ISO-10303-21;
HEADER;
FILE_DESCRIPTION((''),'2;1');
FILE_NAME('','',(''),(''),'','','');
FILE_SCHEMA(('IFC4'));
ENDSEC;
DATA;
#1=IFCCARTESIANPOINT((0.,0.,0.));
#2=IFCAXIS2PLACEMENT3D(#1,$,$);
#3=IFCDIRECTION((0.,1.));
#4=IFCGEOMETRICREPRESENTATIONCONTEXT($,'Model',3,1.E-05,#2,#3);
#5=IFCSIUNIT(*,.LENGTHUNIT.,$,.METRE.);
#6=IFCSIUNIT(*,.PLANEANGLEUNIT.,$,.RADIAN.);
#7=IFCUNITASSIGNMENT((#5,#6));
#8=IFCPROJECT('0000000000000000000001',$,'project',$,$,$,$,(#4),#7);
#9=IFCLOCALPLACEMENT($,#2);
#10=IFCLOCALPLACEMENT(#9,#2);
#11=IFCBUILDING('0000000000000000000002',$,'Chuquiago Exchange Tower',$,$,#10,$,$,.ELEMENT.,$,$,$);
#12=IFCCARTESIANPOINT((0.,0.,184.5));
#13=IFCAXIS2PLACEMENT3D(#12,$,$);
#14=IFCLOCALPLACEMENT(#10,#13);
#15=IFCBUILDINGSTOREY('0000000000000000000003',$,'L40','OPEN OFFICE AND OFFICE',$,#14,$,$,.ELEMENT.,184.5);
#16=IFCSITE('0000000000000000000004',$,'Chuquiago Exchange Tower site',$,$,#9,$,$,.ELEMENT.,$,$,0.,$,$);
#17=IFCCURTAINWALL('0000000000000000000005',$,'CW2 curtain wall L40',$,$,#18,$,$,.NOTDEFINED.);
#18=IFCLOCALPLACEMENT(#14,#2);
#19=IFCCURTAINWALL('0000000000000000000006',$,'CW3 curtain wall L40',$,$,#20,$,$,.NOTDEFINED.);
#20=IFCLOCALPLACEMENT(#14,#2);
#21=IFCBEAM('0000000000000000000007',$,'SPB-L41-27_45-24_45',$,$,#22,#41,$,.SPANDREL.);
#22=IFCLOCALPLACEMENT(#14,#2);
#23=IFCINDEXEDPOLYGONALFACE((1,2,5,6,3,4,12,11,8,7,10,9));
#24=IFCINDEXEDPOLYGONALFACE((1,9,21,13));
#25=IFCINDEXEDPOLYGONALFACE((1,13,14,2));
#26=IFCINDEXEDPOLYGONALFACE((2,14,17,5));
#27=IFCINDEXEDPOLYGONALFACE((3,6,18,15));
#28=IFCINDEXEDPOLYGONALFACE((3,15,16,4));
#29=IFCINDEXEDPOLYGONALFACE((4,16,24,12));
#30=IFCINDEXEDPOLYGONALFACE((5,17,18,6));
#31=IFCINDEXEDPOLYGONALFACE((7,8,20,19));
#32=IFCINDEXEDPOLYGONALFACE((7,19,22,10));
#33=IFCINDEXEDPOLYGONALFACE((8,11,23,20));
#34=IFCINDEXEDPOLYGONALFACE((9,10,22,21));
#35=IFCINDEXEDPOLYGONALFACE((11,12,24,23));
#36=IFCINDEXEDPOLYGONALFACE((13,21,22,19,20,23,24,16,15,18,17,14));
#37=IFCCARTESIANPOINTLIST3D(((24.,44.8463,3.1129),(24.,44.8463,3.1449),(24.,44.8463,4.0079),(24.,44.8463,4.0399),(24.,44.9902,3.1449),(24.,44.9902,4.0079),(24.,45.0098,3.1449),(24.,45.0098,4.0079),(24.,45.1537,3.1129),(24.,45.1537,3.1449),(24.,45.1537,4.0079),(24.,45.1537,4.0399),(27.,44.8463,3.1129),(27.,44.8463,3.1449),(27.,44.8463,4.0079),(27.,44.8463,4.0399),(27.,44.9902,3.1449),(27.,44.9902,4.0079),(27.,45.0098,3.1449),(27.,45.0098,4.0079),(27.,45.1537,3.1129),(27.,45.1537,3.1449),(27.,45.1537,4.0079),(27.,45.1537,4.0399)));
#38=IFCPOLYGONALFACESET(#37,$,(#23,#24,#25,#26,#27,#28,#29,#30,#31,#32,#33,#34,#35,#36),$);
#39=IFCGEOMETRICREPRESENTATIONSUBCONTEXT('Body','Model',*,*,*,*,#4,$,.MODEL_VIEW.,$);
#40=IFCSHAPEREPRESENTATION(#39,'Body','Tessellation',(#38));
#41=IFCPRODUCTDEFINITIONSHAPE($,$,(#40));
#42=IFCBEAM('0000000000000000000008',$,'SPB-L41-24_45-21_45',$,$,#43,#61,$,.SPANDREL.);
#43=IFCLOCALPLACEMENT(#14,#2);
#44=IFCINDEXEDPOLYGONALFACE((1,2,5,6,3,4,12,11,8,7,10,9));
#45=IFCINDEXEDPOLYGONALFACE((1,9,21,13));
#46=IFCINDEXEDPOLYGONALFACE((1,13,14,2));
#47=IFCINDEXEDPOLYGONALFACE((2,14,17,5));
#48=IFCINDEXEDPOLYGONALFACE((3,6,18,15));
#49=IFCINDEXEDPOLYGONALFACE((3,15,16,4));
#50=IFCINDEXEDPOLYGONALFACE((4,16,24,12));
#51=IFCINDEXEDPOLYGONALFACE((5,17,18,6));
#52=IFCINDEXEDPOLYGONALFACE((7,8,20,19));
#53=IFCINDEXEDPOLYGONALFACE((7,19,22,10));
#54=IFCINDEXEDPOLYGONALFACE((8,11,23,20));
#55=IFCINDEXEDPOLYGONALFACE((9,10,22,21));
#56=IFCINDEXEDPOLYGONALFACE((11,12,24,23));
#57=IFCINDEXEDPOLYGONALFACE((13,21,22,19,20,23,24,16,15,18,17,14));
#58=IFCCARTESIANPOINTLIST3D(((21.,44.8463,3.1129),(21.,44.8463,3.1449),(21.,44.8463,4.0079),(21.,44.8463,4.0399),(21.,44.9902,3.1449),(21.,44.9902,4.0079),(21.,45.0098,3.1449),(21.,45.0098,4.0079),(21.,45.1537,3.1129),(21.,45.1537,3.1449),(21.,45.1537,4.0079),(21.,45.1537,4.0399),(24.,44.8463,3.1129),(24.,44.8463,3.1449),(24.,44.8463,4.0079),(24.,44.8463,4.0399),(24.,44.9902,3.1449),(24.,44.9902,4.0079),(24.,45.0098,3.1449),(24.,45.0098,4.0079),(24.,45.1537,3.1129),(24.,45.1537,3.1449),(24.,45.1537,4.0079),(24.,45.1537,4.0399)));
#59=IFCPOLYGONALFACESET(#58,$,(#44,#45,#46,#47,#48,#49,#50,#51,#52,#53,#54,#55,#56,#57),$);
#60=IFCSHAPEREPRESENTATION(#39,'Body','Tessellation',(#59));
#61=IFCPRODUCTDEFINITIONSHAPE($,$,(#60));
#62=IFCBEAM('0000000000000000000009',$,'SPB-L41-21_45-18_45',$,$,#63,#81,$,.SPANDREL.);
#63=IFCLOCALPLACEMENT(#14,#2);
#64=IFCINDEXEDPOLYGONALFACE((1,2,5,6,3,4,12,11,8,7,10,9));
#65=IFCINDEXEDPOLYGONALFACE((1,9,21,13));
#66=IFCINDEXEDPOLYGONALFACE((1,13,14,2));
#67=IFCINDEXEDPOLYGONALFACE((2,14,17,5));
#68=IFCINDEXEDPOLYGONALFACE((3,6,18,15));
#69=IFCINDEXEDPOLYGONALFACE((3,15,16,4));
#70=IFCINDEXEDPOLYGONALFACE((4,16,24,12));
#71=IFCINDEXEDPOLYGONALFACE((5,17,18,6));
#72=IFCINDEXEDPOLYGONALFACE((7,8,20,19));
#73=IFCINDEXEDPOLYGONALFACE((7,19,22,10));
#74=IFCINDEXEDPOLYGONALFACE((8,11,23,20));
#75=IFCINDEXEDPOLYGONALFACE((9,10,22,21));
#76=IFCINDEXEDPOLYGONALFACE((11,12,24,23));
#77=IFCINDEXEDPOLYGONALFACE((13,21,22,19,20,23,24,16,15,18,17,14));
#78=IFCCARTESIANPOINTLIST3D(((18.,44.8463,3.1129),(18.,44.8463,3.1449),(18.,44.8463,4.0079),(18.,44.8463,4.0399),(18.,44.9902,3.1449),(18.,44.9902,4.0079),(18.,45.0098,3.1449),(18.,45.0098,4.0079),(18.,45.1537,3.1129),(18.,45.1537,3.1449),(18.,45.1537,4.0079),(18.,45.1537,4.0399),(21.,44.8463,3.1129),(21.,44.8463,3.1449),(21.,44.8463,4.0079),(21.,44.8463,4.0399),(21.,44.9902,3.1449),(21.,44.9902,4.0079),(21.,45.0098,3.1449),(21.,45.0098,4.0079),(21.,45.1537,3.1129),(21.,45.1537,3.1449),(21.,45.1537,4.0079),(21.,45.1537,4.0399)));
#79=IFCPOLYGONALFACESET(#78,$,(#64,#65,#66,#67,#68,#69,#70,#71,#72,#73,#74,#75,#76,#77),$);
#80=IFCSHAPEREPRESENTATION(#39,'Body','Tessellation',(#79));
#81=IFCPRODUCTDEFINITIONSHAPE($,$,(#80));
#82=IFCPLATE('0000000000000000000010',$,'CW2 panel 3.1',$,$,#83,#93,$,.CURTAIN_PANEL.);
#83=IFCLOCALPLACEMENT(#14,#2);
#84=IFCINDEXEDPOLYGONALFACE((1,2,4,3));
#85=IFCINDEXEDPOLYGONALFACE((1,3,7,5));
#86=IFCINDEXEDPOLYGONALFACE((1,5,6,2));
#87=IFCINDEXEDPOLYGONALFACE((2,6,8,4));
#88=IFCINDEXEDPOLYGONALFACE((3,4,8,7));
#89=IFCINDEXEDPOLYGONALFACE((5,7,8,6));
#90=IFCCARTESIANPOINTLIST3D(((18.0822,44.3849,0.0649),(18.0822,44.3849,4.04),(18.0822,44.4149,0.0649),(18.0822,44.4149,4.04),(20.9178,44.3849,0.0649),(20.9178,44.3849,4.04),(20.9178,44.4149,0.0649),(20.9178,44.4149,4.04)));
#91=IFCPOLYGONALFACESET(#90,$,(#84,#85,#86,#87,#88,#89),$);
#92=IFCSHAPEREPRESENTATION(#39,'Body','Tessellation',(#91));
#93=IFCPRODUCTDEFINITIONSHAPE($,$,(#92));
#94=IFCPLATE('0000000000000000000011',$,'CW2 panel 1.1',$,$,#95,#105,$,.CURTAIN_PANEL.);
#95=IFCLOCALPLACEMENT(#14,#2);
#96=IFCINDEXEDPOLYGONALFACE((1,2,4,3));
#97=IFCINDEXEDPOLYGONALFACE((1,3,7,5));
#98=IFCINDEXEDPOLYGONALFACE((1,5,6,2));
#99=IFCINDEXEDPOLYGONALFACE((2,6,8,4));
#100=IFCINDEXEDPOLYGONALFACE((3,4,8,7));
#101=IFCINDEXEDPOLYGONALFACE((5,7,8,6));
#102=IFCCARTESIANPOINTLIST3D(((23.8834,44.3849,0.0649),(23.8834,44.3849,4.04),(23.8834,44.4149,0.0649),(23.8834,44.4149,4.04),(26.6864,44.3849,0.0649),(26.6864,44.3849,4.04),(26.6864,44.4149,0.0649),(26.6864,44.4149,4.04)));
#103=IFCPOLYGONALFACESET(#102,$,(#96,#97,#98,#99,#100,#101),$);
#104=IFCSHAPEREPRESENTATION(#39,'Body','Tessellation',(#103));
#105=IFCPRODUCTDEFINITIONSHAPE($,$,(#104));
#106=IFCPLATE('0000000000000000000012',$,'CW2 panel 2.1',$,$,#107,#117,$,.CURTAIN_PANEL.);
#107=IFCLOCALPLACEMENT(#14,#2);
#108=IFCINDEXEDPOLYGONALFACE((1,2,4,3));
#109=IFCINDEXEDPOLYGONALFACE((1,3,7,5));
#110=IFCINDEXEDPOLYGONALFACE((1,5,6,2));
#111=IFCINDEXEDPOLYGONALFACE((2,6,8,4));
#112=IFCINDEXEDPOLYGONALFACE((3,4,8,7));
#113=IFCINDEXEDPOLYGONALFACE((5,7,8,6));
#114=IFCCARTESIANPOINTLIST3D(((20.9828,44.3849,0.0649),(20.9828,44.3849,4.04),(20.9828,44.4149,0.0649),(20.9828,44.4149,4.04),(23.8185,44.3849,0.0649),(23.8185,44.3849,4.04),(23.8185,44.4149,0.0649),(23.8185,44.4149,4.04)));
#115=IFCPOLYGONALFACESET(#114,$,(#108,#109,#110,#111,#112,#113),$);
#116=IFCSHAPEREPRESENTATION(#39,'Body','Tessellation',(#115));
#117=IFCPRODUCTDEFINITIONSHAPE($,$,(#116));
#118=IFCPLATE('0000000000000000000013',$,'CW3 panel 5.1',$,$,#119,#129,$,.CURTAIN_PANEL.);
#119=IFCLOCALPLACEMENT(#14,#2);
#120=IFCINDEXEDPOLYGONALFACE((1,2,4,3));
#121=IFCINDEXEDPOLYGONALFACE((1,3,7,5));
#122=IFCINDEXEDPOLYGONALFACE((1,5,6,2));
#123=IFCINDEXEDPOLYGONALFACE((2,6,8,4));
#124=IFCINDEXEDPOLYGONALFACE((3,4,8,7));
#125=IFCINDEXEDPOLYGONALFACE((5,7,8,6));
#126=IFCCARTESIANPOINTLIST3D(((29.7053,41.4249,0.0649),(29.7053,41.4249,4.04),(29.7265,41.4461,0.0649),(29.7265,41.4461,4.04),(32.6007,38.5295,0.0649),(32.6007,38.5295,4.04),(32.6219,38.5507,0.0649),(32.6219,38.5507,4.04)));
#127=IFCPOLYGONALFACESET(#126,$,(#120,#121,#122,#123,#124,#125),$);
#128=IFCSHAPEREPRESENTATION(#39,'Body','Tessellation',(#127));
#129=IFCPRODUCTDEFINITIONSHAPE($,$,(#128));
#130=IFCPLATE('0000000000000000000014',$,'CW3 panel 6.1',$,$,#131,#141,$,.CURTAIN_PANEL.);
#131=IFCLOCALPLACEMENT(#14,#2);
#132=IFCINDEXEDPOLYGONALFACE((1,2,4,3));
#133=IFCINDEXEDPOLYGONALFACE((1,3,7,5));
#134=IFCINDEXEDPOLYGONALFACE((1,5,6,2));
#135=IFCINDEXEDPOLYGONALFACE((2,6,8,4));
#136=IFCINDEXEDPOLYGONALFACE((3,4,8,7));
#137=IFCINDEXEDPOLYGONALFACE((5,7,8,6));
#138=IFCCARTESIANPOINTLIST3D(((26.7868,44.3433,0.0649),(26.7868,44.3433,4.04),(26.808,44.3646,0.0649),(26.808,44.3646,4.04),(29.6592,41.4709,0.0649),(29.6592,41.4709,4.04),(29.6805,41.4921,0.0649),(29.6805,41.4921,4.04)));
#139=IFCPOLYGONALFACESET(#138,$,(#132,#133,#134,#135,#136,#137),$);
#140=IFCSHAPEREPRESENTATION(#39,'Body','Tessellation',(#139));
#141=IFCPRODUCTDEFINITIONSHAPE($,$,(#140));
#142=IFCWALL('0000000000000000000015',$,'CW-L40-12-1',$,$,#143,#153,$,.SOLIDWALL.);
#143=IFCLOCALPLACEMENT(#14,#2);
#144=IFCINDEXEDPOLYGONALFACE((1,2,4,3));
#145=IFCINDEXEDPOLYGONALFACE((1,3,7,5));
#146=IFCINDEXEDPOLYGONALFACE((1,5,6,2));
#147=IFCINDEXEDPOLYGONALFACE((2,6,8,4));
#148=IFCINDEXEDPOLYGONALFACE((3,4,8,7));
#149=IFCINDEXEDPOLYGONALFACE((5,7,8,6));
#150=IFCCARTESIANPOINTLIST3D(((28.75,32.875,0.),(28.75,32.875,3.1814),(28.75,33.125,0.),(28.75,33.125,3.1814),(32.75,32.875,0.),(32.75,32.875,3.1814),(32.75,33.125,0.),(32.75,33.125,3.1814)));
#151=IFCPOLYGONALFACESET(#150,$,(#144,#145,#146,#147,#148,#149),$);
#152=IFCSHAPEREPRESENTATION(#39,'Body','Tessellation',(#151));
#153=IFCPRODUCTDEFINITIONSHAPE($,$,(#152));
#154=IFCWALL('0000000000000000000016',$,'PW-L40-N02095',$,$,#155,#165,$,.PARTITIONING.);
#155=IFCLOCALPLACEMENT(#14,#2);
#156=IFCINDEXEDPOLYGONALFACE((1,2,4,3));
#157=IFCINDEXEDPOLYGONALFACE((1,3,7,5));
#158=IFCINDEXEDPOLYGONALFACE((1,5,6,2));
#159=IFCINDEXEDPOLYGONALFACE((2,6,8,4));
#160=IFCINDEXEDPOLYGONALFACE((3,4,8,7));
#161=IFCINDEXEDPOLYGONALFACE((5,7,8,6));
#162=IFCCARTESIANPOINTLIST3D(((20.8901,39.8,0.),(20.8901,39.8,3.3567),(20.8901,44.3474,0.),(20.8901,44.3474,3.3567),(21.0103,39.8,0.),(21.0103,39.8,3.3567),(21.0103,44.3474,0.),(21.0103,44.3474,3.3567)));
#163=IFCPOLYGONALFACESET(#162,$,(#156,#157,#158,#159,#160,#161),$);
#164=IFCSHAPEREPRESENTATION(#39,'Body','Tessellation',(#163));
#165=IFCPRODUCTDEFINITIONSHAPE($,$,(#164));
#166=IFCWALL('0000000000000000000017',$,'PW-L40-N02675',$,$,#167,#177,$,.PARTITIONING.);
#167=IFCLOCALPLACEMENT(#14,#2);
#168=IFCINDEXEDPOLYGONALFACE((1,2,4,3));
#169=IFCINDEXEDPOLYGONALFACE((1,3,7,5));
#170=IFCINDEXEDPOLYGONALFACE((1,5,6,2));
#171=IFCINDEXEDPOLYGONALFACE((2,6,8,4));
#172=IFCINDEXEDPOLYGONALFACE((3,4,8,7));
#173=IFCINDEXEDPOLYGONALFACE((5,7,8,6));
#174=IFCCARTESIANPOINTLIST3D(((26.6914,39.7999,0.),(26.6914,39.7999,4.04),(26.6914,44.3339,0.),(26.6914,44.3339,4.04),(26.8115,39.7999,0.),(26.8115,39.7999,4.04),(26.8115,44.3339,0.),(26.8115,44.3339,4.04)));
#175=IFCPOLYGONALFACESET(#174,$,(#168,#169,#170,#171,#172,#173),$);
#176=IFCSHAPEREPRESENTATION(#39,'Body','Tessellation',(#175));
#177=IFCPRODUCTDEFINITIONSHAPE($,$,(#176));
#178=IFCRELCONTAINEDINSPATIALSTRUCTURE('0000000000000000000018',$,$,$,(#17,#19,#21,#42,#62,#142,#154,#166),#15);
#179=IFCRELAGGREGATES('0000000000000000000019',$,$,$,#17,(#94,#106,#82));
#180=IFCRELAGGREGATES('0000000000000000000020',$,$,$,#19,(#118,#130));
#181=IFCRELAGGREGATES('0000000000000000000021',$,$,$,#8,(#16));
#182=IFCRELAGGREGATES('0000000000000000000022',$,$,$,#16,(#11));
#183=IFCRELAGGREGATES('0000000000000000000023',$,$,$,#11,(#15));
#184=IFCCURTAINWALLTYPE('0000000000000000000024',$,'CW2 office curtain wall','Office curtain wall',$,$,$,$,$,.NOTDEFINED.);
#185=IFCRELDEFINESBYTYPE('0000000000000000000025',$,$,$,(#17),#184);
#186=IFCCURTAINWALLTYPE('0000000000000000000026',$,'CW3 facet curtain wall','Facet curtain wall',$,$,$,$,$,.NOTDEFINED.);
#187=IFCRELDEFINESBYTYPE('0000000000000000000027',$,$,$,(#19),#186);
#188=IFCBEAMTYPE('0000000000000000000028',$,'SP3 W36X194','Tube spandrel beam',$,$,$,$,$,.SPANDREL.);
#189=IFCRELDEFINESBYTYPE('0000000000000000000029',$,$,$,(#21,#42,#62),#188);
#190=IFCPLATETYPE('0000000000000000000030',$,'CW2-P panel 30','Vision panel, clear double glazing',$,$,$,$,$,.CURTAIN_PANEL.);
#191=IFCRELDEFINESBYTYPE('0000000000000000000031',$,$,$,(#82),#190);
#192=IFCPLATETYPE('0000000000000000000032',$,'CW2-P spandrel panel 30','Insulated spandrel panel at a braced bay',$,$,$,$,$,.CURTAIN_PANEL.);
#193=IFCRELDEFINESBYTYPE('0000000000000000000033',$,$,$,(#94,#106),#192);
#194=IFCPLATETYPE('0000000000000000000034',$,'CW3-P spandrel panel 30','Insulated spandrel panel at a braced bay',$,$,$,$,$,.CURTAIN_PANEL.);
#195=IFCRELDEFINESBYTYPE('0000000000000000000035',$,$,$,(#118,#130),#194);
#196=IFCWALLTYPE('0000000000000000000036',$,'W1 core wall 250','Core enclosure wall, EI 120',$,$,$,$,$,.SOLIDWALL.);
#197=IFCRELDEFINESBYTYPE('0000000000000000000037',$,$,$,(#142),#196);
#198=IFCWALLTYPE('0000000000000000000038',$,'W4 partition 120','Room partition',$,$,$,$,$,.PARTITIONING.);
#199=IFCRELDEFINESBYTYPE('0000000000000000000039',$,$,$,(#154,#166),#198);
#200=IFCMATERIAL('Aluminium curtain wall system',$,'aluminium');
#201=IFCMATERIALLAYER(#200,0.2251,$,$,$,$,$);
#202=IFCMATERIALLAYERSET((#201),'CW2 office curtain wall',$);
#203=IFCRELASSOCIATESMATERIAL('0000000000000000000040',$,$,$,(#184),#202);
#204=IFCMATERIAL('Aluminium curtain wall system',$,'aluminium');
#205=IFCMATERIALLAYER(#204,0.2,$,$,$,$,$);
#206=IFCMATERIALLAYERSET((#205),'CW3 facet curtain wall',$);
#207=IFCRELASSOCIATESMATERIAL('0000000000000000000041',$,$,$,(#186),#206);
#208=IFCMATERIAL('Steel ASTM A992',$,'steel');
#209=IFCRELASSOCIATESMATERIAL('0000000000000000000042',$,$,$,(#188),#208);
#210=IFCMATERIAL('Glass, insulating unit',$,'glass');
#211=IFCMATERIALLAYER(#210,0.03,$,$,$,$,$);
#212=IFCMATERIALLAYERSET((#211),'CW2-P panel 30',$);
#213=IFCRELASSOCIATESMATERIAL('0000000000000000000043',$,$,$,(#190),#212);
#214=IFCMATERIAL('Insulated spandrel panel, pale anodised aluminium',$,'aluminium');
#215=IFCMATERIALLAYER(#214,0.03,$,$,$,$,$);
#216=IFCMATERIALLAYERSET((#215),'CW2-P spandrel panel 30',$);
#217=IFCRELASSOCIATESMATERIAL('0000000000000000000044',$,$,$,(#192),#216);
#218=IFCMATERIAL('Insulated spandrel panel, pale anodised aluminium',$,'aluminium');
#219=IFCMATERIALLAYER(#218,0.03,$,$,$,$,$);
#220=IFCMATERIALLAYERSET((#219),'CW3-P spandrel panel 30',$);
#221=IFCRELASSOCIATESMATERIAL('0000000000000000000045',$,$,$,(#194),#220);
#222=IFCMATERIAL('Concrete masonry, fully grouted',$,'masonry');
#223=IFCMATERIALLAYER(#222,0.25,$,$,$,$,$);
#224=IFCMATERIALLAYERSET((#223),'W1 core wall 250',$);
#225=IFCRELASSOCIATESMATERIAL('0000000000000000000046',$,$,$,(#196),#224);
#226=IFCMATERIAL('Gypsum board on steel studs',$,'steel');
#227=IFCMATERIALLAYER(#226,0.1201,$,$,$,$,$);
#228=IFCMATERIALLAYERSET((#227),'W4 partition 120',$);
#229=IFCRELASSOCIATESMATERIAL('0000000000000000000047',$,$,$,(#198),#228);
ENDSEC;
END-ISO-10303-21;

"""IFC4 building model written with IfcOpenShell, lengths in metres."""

from ifc_helpers import new_model, si_unit, direction, frame, frame_2d, origin, origin_2d, place, context, subcontext, project, spatial, rectangle, i_section, extrude, material, layer, layer_set, material_profile, profile_set, type_object, element, aggregate, save


model = new_model("IFC4")

# Units and contexts
model_context = context("Model", 3, precision=1e-05, world=origin(), true_north=direction((0.0, 1.0)))
body_context = subcontext(model_context, "Body", "Model", "MODEL_VIEW")
ifc_project = project(units=[si_unit("LENGTHUNIT", "METRE"), si_unit("PLANEANGLEUNIT", "RADIAN")], contexts=[model_context])

# Site, building, storey
site_placement = place(None, origin())
site = spatial("IfcSite", under=ifc_project, at=site_placement, Name="Chuquiago Exchange Tower site", CompositionType="ELEMENT", RefElevation=0.0)
building_placement = place(site_placement, origin())
building = spatial("IfcBuilding", under=site, at=building_placement, Name="Chuquiago Exchange Tower", CompositionType="ELEMENT")
storey_placement = place(building_placement, frame((0.0, 0.0, 184.5)))
storey = spatial("IfcBuildingStorey", under=building, at=storey_placement, Name="L40", Description="OPEN OFFICE AND OFFICE", CompositionType="ELEMENT", Elevation=184.5)

# Curtain walls
ifc_material_1 = material(Name="Aluminium curtain wall system", Category="aluminium")
ifc_layer_1 = layer(ifc_material_1, 0.2251)
ifc_layer_set_1 = layer_set([ifc_layer_1], Name="CW2 office curtain wall")
curtain_wall_type_1 = type_object("IfcCurtainWallType", Name="CW2 office curtain wall", Description="Office curtain wall", PredefinedType="NOTDEFINED", material=ifc_layer_set_1)
curtain_wall_1_placement = place(storey_placement, origin())
curtain_wall_1 = element("IfcCurtainWall", 1, at=curtain_wall_1_placement, inside=storey, type_object=curtain_wall_type_1, Name="CW2 curtain wall L40", PredefinedType="NOTDEFINED")
ifc_material_2 = material(Name="Aluminium curtain wall system", Category="aluminium")
ifc_layer_2 = layer(ifc_material_2, 0.2)
ifc_layer_set_2 = layer_set([ifc_layer_2], Name="CW3 facet curtain wall")
curtain_wall_type_2 = type_object("IfcCurtainWallType", Name="CW3 facet curtain wall", Description="Facet curtain wall", PredefinedType="NOTDEFINED", material=ifc_layer_set_2)
curtain_wall_2_placement = place(storey_placement, origin())
curtain_wall_2 = element("IfcCurtainWall", 2, at=curtain_wall_2_placement, inside=storey, type_object=curtain_wall_type_2, Name="CW3 curtain wall L40", PredefinedType="NOTDEFINED")

# Beams
ifc_material_3 = material(Name="Steel ASTM A992", Category="steel")
ifc_material_profile_1 = material_profile(ifc_material_3, i_section(OverallWidth=0.3074, OverallDepth=0.927, WebThickness=0.0195, FlangeThickness=0.032, at=origin_2d()), Name="W36X194")
ifc_profile_set_1 = profile_set([ifc_material_profile_1], Name="Steel ASTM A992")
beam_type_1 = type_object("IfcBeamType", Name="SP3 W36X194", Description="Tube spandrel beam", PredefinedType="SPANDREL", material=ifc_profile_set_1)
for number, where, z_axis, x_axis, name in (
    (3, (27.0, 45.0, 3.5764), (-1.0, 0.0, 0.0), (0.0, -1.0, 0.0), "SPB-L41-27_45-24_45"),
    (4, (24.0, 45.0, 3.5764), (-1.0, 0.0, 0.0), (0.0, -1.0, 0.0), "SPB-L41-24_45-21_45"),
    (5, (21.0, 45.0, 3.5764), (-1.0, 0.0, 0.0), (0.0, -1.0, 0.0), "SPB-L41-21_45-18_45"),
):
    element("IfcBeam", number, at=place(storey_placement, frame(where, z_axis=z_axis, x_axis=x_axis)), inside=storey, type_object=beam_type_1, Name=name, PredefinedType="SPANDREL", context=body_context, shape_type="SweptSolid", body=[
        extrude(i_section(OverallWidth=0.3074, OverallDepth=0.927, WebThickness=0.0195, FlangeThickness=0.032, at=origin_2d()), origin(), (0.0, 0.0, 1.0), 3.0),
    ])

# Plates
ifc_material_4 = material(Name="Glass, insulating unit", Category="glass")
ifc_layer_3 = layer(ifc_material_4, 0.03)
ifc_layer_set_3 = layer_set([ifc_layer_3], Name="CW2-P panel 30")
plate_type_1 = type_object("IfcPlateType", Name="CW2-P panel 30", Description="Vision panel, clear double glazing", PredefinedType="CURTAIN_PANEL", material=ifc_layer_set_3)
plate_1_placement = place(storey_placement, frame((19.5, 44.3999, 0.0649), z_axis=(0.0, 0.0, 1.0), x_axis=(-1.0, 0.0, 0.0)))
plate_1 = element("IfcPlate", 6, at=plate_1_placement, type_object=plate_type_1, Name="CW2 panel 3.1", PredefinedType="CURTAIN_PANEL", context=body_context, shape_type="SweptSolid", body=[
    extrude(rectangle(XDim=2.8357, YDim=0.03, at=origin_2d()), origin(), (0.0, 0.0, 1.0), 3.9751),
])
ifc_material_5 = material(Name="Insulated spandrel panel, pale anodised aluminium", Category="aluminium")
ifc_layer_4 = layer(ifc_material_5, 0.03)
ifc_layer_set_4 = layer_set([ifc_layer_4], Name="CW2-P spandrel panel 30")
plate_type_2 = type_object("IfcPlateType", Name="CW2-P spandrel panel 30", Description="Insulated spandrel panel at a braced bay", PredefinedType="CURTAIN_PANEL", material=ifc_layer_set_4)
plate_2_placement = place(storey_placement, frame((25.2849, 44.3999, 0.0649), z_axis=(0.0, 0.0, 1.0), x_axis=(-1.0, 0.0, 0.0)))
plate_2 = element("IfcPlate", 7, at=plate_2_placement, type_object=plate_type_2, Name="CW2 panel 1.1", PredefinedType="CURTAIN_PANEL", context=body_context, shape_type="SweptSolid", body=[
    extrude(rectangle(XDim=2.803, YDim=0.03, at=origin_2d()), origin(), (0.0, 0.0, 1.0), 3.9751),
])
plate_3_placement = place(storey_placement, frame((22.4006, 44.3999, 0.0649), z_axis=(0.0, 0.0, 1.0), x_axis=(-1.0, 0.0, 0.0)))
plate_3 = element("IfcPlate", 8, at=plate_3_placement, type_object=plate_type_2, Name="CW2 panel 2.1", PredefinedType="CURTAIN_PANEL", context=body_context, shape_type="SweptSolid", body=[
    extrude(rectangle(XDim=2.8357, YDim=0.03, at=origin_2d()), origin(), (0.0, 0.0, 1.0), 3.9751),
])
aggregate(curtain_wall_1, [plate_2, plate_3, plate_1])
ifc_material_6 = material(Name="Insulated spandrel panel, pale anodised aluminium", Category="aluminium")
ifc_layer_5 = layer(ifc_material_6, 0.03)
ifc_layer_set_5 = layer_set([ifc_layer_5], Name="CW3-P spandrel panel 30")
plate_type_3 = type_object("IfcPlateType", Name="CW3-P spandrel panel 30", Description="Insulated spandrel panel at a braced bay", PredefinedType="CURTAIN_PANEL", material=ifc_layer_set_5)
plate_4_placement = place(storey_placement, frame((31.1636, 39.9878, 0.0649), z_axis=(0.0, 0.0, 1.0), x_axis=(-0.707107, 0.707107, 0.0)))
plate_4 = element("IfcPlate", 9, at=plate_4_placement, type_object=plate_type_3, Name="CW3 panel 5.1", PredefinedType="CURTAIN_PANEL", context=body_context, shape_type="SweptSolid", body=[
    extrude(rectangle(XDim=4.0947, YDim=0.03, at=origin_2d()), origin(), (0.0, 0.0, 1.0), 3.9751),
])
plate_5_placement = place(storey_placement, frame((28.2336, 42.9177, 0.0649), z_axis=(0.0, 0.0, 1.0), x_axis=(-0.707107, 0.707107, 0.0)))
plate_5 = element("IfcPlate", 10, at=plate_5_placement, type_object=plate_type_3, Name="CW3 panel 6.1", PredefinedType="CURTAIN_PANEL", context=body_context, shape_type="SweptSolid", body=[
    extrude(rectangle(XDim=4.0623, YDim=0.03, at=origin_2d()), origin(), (0.0, 0.0, 1.0), 3.9751),
])
aggregate(curtain_wall_2, [plate_4, plate_5])

# Walls
ifc_material_7 = material(Name="Concrete masonry, fully grouted", Category="masonry")
ifc_layer_6 = layer(ifc_material_7, 0.25)
ifc_layer_set_6 = layer_set([ifc_layer_6], Name="W1 core wall 250")
wall_type_1 = type_object("IfcWallType", Name="W1 core wall 250", Description="Core enclosure wall, EI 120", PredefinedType="SOLIDWALL", material=ifc_layer_set_6)
wall_1_placement = place(storey_placement, frame((28.75, 33.0, 0.0), z_axis=(0.0, 0.0, 1.0), x_axis=(1.0, 0.0, 0.0)))
element("IfcWall", 11, at=wall_1_placement, inside=storey, type_object=wall_type_1, Name="CW-L40-12-1", PredefinedType="SOLIDWALL", context=body_context, shape_type="SweptSolid", body=[
    extrude(rectangle(XDim=4.0, YDim=0.25, at=frame_2d((2.0, 0.0))), origin(), (0.0, 0.0, 1.0), 3.1814),
])
ifc_material_8 = material(Name="Gypsum board on steel studs", Category="steel")
ifc_layer_7 = layer(ifc_material_8, 0.1201)
ifc_layer_set_7 = layer_set([ifc_layer_7], Name="W4 partition 120")
wall_type_2 = type_object("IfcWallType", Name="W4 partition 120", Description="Room partition", PredefinedType="PARTITIONING", material=ifc_layer_set_7)
wall_2_placement = place(storey_placement, frame((20.9502, 44.3474, 0.0), z_axis=(0.0, 0.0, 1.0), x_axis=(0.0, -1.0, 0.0)))
element("IfcWall", 12, at=wall_2_placement, inside=storey, type_object=wall_type_2, Name="PW-L40-N02095", PredefinedType="PARTITIONING", context=body_context, shape_type="SweptSolid", body=[
    extrude(rectangle(XDim=4.5474, YDim=0.1201, at=frame_2d((2.2737, 0.0))), origin(), (0.0, 0.0, 1.0), 3.3567),
])
wall_3_placement = place(storey_placement, frame((26.7515, 44.334, 0.0), z_axis=(0.0, 0.0, 1.0), x_axis=(0.0, -1.0, 0.0)))
element("IfcWall", 13, at=wall_3_placement, inside=storey, type_object=wall_type_2, Name="PW-L40-N02675", PredefinedType="PARTITIONING", context=body_context, shape_type="SweptSolid", body=[
    extrude(rectangle(XDim=4.5339, YDim=0.1201, at=frame_2d((2.2671, 0.0))), origin(), (0.0, 0.0, 1.0), 4.04),
])

save(model, "model.ifc")
